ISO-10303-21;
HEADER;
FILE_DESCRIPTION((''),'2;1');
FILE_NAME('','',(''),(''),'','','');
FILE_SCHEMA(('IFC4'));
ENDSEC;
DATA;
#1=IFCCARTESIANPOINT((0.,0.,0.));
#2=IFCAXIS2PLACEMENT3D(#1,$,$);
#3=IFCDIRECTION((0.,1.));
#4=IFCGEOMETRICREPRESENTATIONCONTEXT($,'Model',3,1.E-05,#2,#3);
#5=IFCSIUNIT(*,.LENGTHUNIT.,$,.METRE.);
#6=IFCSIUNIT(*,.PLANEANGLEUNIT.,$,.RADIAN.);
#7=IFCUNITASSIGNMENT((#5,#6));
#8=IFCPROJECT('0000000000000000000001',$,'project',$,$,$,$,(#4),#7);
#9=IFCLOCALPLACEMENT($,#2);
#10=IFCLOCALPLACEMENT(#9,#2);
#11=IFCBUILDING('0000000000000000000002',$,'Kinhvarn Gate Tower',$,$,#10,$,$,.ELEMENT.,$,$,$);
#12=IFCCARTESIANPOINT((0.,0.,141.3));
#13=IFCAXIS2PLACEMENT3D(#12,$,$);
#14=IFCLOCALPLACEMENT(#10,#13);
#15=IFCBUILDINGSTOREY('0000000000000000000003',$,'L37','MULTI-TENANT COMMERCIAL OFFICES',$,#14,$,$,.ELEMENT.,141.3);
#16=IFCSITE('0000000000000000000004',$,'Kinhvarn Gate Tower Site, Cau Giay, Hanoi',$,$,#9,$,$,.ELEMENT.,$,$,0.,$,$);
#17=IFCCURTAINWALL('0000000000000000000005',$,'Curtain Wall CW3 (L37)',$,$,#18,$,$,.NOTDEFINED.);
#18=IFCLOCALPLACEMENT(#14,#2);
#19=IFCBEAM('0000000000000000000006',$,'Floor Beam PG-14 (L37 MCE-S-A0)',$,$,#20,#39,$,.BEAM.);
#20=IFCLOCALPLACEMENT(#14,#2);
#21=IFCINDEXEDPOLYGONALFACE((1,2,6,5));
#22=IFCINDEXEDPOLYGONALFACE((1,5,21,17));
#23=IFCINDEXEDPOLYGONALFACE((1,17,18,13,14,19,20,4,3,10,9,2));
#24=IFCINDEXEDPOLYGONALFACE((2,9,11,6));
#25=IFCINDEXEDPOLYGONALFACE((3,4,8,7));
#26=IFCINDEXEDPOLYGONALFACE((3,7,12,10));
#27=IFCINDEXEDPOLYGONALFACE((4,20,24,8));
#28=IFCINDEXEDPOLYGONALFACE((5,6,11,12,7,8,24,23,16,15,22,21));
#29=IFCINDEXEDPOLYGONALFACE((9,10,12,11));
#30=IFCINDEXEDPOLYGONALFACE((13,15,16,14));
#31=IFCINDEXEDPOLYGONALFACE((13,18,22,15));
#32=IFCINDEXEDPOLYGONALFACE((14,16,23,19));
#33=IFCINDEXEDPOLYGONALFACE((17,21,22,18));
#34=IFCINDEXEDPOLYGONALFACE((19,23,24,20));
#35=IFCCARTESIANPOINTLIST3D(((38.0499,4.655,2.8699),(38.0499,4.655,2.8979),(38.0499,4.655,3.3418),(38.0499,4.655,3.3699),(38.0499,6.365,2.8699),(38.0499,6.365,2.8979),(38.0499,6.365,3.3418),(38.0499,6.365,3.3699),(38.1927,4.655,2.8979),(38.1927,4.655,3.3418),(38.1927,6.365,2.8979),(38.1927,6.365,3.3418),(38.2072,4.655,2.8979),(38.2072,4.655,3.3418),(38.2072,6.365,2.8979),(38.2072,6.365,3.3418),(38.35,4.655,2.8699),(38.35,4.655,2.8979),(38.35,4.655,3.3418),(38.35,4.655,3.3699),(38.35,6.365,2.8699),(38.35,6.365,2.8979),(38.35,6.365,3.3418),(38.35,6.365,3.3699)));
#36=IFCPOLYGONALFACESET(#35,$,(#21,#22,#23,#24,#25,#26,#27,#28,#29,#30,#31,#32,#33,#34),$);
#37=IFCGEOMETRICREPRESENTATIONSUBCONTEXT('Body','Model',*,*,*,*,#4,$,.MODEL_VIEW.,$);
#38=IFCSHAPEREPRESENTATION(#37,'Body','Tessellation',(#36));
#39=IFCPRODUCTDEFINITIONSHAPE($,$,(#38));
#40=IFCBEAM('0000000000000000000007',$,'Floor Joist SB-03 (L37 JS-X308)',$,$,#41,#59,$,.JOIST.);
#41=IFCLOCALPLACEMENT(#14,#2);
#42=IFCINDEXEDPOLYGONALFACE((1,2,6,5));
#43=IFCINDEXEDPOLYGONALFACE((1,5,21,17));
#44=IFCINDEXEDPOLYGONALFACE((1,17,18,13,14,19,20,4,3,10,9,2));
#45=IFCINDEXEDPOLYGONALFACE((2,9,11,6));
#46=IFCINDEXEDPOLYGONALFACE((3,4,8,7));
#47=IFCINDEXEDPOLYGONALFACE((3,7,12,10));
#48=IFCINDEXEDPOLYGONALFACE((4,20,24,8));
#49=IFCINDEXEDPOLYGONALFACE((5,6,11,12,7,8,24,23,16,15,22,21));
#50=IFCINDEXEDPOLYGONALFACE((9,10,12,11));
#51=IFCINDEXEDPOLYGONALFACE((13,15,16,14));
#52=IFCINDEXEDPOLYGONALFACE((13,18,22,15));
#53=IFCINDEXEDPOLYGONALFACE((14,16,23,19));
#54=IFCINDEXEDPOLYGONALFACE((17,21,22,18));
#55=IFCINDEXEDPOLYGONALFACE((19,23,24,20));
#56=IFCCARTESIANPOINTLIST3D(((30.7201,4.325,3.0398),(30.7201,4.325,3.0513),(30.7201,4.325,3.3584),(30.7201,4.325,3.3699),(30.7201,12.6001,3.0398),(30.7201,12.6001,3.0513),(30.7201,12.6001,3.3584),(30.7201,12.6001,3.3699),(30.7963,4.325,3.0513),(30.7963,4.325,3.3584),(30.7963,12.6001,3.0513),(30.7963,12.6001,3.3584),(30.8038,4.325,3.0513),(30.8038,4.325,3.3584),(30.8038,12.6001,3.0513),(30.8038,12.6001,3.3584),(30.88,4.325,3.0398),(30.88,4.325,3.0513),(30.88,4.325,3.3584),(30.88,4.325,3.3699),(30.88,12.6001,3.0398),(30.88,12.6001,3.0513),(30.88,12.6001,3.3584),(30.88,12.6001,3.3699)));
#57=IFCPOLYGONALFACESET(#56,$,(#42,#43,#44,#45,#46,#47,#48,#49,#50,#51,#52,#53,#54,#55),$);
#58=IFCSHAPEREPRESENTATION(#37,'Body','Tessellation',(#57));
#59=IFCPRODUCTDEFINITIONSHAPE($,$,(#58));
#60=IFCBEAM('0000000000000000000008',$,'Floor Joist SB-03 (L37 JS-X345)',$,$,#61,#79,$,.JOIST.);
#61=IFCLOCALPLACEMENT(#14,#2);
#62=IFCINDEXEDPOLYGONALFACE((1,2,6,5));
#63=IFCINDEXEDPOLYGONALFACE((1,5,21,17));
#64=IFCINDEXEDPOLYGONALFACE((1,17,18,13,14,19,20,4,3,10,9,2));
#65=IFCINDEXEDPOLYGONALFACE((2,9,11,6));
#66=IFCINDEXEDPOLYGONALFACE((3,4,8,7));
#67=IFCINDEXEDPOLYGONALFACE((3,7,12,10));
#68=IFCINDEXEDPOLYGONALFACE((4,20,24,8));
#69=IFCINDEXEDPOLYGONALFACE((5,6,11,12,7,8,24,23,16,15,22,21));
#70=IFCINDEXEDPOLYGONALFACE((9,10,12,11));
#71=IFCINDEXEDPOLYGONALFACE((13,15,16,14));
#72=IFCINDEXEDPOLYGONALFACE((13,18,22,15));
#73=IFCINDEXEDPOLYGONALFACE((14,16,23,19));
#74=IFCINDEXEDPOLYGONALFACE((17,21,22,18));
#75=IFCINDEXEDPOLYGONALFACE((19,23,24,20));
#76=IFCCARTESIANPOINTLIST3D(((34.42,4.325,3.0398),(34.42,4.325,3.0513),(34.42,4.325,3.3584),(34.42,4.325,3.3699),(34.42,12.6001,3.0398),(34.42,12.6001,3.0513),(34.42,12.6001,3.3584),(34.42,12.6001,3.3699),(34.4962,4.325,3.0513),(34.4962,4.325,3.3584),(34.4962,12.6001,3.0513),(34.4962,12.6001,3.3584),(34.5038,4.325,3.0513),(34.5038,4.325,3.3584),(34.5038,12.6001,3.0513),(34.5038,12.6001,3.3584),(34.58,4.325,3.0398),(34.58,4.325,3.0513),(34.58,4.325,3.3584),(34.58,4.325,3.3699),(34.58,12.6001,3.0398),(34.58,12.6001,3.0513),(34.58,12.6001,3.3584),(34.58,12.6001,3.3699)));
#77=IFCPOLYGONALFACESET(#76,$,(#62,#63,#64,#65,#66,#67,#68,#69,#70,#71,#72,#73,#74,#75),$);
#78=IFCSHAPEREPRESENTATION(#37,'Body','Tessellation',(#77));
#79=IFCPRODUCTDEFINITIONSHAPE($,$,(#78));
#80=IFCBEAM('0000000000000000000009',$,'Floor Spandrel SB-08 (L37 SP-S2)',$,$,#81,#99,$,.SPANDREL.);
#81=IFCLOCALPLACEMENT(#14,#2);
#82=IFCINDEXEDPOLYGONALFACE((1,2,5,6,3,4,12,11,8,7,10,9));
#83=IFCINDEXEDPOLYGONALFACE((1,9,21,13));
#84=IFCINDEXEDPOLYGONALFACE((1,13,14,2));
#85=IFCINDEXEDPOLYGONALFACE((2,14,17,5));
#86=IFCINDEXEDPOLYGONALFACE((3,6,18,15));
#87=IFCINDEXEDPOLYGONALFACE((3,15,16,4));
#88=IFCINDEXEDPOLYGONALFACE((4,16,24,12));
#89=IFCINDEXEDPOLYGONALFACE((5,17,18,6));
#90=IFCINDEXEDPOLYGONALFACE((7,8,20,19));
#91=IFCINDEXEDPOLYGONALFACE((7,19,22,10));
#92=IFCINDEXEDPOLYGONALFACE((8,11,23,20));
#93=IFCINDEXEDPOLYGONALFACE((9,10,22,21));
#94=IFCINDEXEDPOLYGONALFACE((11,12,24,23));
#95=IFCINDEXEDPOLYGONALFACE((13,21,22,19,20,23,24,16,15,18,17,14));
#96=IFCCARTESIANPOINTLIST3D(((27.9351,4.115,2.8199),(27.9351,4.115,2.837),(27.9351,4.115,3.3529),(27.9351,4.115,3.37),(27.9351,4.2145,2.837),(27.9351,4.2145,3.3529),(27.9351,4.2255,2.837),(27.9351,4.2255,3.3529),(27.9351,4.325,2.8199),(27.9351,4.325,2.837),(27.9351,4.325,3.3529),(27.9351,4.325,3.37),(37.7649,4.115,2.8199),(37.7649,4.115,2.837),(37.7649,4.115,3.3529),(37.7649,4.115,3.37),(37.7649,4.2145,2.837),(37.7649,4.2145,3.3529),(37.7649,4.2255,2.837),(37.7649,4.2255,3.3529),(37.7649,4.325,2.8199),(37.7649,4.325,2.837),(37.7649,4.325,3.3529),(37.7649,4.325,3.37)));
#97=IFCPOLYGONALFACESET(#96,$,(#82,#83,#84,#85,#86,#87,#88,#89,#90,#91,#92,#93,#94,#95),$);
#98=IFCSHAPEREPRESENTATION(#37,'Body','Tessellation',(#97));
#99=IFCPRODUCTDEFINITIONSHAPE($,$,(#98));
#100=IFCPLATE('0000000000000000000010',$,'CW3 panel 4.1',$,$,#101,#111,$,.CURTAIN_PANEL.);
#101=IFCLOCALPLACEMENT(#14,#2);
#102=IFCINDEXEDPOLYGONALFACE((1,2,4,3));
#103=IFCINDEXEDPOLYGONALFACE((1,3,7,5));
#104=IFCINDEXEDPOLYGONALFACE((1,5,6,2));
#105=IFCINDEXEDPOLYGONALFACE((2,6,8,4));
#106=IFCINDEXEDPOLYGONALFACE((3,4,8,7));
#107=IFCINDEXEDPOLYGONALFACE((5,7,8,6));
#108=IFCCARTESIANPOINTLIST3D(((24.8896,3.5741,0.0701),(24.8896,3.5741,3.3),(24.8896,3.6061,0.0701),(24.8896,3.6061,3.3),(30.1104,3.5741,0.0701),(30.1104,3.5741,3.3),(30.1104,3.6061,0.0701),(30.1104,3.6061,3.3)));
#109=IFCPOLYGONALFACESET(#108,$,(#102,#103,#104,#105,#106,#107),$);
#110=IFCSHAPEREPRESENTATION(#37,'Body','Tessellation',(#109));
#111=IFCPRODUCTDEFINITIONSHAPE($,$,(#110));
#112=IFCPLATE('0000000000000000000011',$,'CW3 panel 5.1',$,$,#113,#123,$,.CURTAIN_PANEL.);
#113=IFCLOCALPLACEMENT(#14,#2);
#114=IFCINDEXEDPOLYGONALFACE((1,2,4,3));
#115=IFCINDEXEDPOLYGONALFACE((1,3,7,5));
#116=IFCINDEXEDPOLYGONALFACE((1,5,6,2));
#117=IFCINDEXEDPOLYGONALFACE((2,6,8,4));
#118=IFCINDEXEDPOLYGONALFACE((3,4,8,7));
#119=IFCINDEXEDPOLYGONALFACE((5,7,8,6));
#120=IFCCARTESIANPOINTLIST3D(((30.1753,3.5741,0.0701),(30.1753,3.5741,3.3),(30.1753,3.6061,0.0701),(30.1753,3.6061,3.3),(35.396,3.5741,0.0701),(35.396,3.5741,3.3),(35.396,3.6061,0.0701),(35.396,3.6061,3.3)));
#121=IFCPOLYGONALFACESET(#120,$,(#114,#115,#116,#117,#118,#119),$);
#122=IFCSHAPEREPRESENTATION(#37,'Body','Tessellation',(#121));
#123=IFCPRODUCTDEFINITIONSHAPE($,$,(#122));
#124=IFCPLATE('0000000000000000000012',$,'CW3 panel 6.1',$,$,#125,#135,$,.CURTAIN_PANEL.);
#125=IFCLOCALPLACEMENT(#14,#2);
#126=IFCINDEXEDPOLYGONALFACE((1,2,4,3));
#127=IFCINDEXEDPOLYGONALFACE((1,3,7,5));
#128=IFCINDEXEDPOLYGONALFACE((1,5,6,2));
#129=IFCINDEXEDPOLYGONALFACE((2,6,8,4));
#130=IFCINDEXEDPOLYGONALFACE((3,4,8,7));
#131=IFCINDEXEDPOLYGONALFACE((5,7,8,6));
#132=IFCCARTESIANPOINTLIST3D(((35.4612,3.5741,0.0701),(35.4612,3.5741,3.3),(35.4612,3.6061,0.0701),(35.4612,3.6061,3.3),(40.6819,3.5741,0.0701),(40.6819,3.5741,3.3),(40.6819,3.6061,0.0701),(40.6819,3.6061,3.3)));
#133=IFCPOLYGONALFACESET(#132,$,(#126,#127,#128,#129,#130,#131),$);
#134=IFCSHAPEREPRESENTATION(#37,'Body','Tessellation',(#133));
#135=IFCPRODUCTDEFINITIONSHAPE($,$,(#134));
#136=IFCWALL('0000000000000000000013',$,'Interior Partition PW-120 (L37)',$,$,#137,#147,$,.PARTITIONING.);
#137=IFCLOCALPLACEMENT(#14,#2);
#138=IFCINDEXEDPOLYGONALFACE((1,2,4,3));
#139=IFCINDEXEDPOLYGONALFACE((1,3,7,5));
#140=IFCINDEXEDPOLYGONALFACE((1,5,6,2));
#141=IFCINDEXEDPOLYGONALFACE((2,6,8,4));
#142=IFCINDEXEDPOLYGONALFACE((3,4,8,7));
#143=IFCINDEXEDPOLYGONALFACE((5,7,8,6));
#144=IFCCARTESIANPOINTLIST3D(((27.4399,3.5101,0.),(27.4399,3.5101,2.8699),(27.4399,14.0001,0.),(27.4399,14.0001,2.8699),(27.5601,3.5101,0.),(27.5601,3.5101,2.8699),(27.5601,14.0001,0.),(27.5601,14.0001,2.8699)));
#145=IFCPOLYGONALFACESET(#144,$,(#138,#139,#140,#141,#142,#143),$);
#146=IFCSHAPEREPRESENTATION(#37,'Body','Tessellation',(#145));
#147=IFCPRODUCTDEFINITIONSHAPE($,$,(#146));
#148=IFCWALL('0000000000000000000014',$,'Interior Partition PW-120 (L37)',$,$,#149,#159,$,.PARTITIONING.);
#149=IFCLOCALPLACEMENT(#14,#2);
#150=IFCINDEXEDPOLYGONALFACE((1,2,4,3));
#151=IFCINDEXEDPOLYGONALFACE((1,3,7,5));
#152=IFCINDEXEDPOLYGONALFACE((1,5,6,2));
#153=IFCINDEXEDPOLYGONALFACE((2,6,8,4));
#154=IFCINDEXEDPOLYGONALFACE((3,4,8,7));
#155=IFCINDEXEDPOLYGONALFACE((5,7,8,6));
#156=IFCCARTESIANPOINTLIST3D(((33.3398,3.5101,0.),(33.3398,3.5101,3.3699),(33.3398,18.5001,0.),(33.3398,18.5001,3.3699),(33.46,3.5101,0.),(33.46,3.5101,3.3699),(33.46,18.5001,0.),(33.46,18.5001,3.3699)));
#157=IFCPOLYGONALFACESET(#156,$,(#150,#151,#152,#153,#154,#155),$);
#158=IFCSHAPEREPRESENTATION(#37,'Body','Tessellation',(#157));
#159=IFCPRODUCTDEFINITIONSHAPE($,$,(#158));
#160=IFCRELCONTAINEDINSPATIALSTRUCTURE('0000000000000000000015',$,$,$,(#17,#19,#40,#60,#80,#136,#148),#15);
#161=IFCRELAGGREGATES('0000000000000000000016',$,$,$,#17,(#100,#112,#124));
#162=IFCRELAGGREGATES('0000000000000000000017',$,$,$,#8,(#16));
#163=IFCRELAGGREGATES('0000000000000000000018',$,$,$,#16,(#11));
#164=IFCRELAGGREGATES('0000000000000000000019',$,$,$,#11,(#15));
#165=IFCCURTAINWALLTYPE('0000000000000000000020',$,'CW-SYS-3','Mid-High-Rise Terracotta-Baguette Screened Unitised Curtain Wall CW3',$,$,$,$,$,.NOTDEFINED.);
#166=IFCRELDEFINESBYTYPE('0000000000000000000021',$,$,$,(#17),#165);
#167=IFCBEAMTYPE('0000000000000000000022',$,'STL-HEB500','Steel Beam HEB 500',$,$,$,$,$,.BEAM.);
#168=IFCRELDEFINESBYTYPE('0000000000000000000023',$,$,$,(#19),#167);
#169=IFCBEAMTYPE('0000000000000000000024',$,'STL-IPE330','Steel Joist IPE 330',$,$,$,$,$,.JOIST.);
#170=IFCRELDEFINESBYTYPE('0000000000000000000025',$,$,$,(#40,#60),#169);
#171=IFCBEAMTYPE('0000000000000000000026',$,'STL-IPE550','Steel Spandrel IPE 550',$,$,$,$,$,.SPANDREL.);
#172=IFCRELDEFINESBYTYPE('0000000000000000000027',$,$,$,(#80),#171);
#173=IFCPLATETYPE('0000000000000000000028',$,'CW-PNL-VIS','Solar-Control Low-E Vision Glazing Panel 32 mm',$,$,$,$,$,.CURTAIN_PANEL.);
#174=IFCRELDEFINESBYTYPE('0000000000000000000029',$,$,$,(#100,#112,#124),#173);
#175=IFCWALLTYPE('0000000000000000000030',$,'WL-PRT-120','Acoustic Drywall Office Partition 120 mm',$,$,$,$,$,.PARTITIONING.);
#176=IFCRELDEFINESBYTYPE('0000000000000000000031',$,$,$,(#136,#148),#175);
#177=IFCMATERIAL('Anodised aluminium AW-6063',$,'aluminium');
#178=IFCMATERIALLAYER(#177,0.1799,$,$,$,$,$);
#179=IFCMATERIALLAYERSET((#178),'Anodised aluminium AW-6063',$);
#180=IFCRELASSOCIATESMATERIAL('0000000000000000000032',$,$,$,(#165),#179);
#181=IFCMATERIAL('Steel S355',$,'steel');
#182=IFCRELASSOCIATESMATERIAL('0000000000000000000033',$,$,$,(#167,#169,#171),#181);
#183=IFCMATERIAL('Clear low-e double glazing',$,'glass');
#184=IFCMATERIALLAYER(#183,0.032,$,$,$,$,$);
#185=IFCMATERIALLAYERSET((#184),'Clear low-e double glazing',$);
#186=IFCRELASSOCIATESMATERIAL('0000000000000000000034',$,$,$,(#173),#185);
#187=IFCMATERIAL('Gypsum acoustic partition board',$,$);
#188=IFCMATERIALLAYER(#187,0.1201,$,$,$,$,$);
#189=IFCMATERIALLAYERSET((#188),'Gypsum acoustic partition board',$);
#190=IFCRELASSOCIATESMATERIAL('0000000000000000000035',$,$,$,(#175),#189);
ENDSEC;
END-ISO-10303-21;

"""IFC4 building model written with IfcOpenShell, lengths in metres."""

from ifc_helpers import new_model, si_unit, direction, frame, frame_2d, origin, origin_2d, place, context, subcontext, project, spatial, rectangle, i_section, extrude, material, layer, layer_set, material_profile, profile_set, type_object, element, aggregate, save


model = new_model("IFC4")

# Units and contexts
model_context = context("Model", 3, precision=1e-05, world=origin(), true_north=direction((0.0, 1.0)))
body_context = subcontext(model_context, "Body", "Model", "MODEL_VIEW")
ifc_project = project(units=[si_unit("LENGTHUNIT", "METRE"), si_unit("PLANEANGLEUNIT", "RADIAN")], contexts=[model_context])

# Site, building, storey
site_placement = place(None, origin())
site = spatial("IfcSite", under=ifc_project, at=site_placement, Name="Kinhvarn Gate Tower Site, Cau Giay, Hanoi", CompositionType="ELEMENT", RefElevation=0.0)
building_placement = place(site_placement, origin())
building = spatial("IfcBuilding", under=site, at=building_placement, Name="Kinhvarn Gate Tower", CompositionType="ELEMENT")
storey_placement = place(building_placement, frame((0.0, 0.0, 141.3)))
storey = spatial("IfcBuildingStorey", under=building, at=storey_placement, Name="L37", Description="MULTI-TENANT COMMERCIAL OFFICES", CompositionType="ELEMENT", Elevation=141.3)

# Curtain wall
ifc_material_1 = material(Name="Anodised aluminium AW-6063", Category="aluminium")
ifc_layer_1 = layer(ifc_material_1, 0.1799)
ifc_layer_set_1 = layer_set([ifc_layer_1], Name="Anodised aluminium AW-6063")
curtain_wall_type = type_object("IfcCurtainWallType", Name="CW-SYS-3", Description="Mid-High-Rise Terracotta-Baguette Screened Unitised Curtain Wall CW3", PredefinedType="NOTDEFINED", material=ifc_layer_set_1)
curtain_wall_placement = place(storey_placement, origin())
curtain_wall = element("IfcCurtainWall", 1, at=curtain_wall_placement, inside=storey, type_object=curtain_wall_type, Name="Curtain Wall CW3 (L37)", PredefinedType="NOTDEFINED")

# Beams
ifc_material_2 = material(Name="Steel S355", Category="steel")
ifc_material_profile_1 = material_profile(ifc_material_2, i_section(OverallWidth=0.3, OverallDepth=0.5, WebThickness=0.0144, FlangeThickness=0.0281, at=origin_2d()), Name="HEB 500")
ifc_profile_set_1 = profile_set([ifc_material_profile_1], Name="Steel S355")
beam_type_1 = type_object("IfcBeamType", Name="STL-HEB500", Description="Steel Beam HEB 500", PredefinedType="BEAM", material=ifc_profile_set_1)
beam_1_placement = place(storey_placement, frame((38.2, 4.655, 3.1199), z_axis=(0.0, 1.0, 0.0), x_axis=(-1.0, 0.0, 0.0)))
element("IfcBeam", 2, at=beam_1_placement, inside=storey, type_object=beam_type_1, Name="Floor Beam PG-14 (L37 MCE-S-A0)", PredefinedType="BEAM", context=body_context, shape_type="SweptSolid", body=[
    extrude(i_section(OverallWidth=0.3, OverallDepth=0.5, WebThickness=0.0144, FlangeThickness=0.0281, at=origin_2d()), origin(), (0.0, 0.0, 1.0), 1.71),
])
ifc_material_profile_2 = material_profile(ifc_material_2, i_section(OverallWidth=0.1599, OverallDepth=0.3301, WebThickness=0.0076, FlangeThickness=0.0115, at=origin_2d()), Name="IPE 330")
ifc_profile_set_2 = profile_set([ifc_material_profile_2], Name="Steel S355")
beam_type_2 = type_object("IfcBeamType", Name="STL-IPE330", Description="Steel Joist IPE 330", PredefinedType="JOIST", material=ifc_profile_set_2)
for number, where, z_axis, x_axis, name in (
    (3, (30.8, 4.325, 3.2048), (0.0, 1.0, 0.0), (-1.0, 0.0, 0.0), "Floor Joist SB-03 (L37 JS-X308)"),
    (4, (34.5, 4.325, 3.2048), (0.0, 1.0, 0.0), (-1.0, 0.0, 0.0), "Floor Joist SB-03 (L37 JS-X345)"),
):
    element("IfcBeam", number, at=place(storey_placement, frame(where, z_axis=z_axis, x_axis=x_axis)), inside=storey, type_object=beam_type_2, Name=name, PredefinedType="JOIST", context=body_context, shape_type="SweptSolid", body=[
        extrude(i_section(OverallWidth=0.1599, OverallDepth=0.3301, WebThickness=0.0076, FlangeThickness=0.0115, at=origin_2d()), origin(), (0.0, 0.0, 1.0), 8.2751),
    ])
ifc_material_profile_3 = material_profile(ifc_material_2, i_section(OverallWidth=0.21, OverallDepth=0.55, WebThickness=0.011, FlangeThickness=0.0171, at=origin_2d()), Name="IPE 550")
ifc_profile_set_3 = profile_set([ifc_material_profile_3], Name="Steel S355")
beam_type_3 = type_object("IfcBeamType", Name="STL-IPE550", Description="Steel Spandrel IPE 550", PredefinedType="SPANDREL", material=ifc_profile_set_3)
beam_2_placement = place(storey_placement, frame((27.9351, 4.22, 3.095), z_axis=(1.0, 0.0, 0.0), x_axis=(0.0, 1.0, 0.0)))
element("IfcBeam", 5, at=beam_2_placement, inside=storey, type_object=beam_type_3, Name="Floor Spandrel SB-08 (L37 SP-S2)", PredefinedType="SPANDREL", context=body_context, shape_type="SweptSolid", body=[
    extrude(i_section(OverallWidth=0.21, OverallDepth=0.55, WebThickness=0.011, FlangeThickness=0.0171, at=origin_2d()), origin(), (0.0, 0.0, 1.0), 9.8298),
])

# Plates
ifc_material_3 = material(Name="Clear low-e double glazing", Category="glass")
ifc_layer_2 = layer(ifc_material_3, 0.032)
ifc_layer_set_2 = layer_set([ifc_layer_2], Name="Clear low-e double glazing")
plate_type = type_object("IfcPlateType", Name="CW-PNL-VIS", Description="Solar-Control Low-E Vision Glazing Panel 32 mm", PredefinedType="CURTAIN_PANEL", material=ifc_layer_set_2)
plate_1_placement = place(storey_placement, frame((27.5, 3.5901, 0.0701), z_axis=(0.0, 0.0, 1.0), x_axis=(1.0, 0.0, 0.0)))
plate_1 = element("IfcPlate", 6, at=plate_1_placement, type_object=plate_type, Name="CW3 panel 4.1", PredefinedType="CURTAIN_PANEL", context=body_context, shape_type="SweptSolid", body=[
    extrude(rectangle(XDim=5.2207, YDim=0.032, at=origin_2d()), origin(), (0.0, 0.0, 1.0), 3.23),
])
plate_2_placement = place(storey_placement, frame((32.7856, 3.5901, 0.0701), z_axis=(0.0, 0.0, 1.0), x_axis=(1.0, 0.0, 0.0)))
plate_2 = element("IfcPlate", 7, at=plate_2_placement, type_object=plate_type, Name="CW3 panel 5.1", PredefinedType="CURTAIN_PANEL", context=body_context, shape_type="SweptSolid", body=[
    extrude(rectangle(XDim=5.2207, YDim=0.032, at=origin_2d()), origin(), (0.0, 0.0, 1.0), 3.23),
])
plate_3_placement = place(storey_placement, frame((38.0715, 3.5901, 0.0701), z_axis=(0.0, 0.0, 1.0), x_axis=(1.0, 0.0, 0.0)))
plate_3 = element("IfcPlate", 8, at=plate_3_placement, type_object=plate_type, Name="CW3 panel 6.1", PredefinedType="CURTAIN_PANEL", context=body_context, shape_type="SweptSolid", body=[
    extrude(rectangle(XDim=5.2207, YDim=0.032, at=origin_2d()), origin(), (0.0, 0.0, 1.0), 3.23),
])
aggregate(curtain_wall, [plate_1, plate_2, plate_3])

# Walls
ifc_material_4 = material(Name="Gypsum acoustic partition board")
ifc_layer_3 = layer(ifc_material_4, 0.1201)
ifc_layer_set_3 = layer_set([ifc_layer_3], Name="Gypsum acoustic partition board")
wall_type = type_object("IfcWallType", Name="WL-PRT-120", Description="Acoustic Drywall Office Partition 120 mm", PredefinedType="PARTITIONING", material=ifc_layer_set_3)
wall_1_placement = place(storey_placement, frame((27.5, 3.51, 0.0), z_axis=(0.0, 0.0, 1.0), x_axis=(0.0, 1.0, 0.0)))
element("IfcWall", 9, at=wall_1_placement, inside=storey, type_object=wall_type, Name="Interior Partition PW-120 (L37)", PredefinedType="PARTITIONING", context=body_context, shape_type="SweptSolid", body=[
    extrude(rectangle(XDim=10.49, YDim=0.1201, at=frame_2d((5.2451, 0.0))), origin(), (0.0, 0.0, 1.0), 2.8699),
])
wall_2_placement = place(storey_placement, frame((33.3999, 3.51, 0.0), z_axis=(0.0, 0.0, 1.0), x_axis=(0.0, 1.0, 0.0)))
element("IfcWall", 10, at=wall_2_placement, inside=storey, type_object=wall_type, Name="Interior Partition PW-120 (L37)", PredefinedType="PARTITIONING", context=body_context, shape_type="SweptSolid", body=[
    extrude(rectangle(XDim=14.99, YDim=0.1201, at=frame_2d((7.4951, 0.0))), origin(), (0.0, 0.0, 1.0), 3.3699),
])

save(model, "model.ifc")
